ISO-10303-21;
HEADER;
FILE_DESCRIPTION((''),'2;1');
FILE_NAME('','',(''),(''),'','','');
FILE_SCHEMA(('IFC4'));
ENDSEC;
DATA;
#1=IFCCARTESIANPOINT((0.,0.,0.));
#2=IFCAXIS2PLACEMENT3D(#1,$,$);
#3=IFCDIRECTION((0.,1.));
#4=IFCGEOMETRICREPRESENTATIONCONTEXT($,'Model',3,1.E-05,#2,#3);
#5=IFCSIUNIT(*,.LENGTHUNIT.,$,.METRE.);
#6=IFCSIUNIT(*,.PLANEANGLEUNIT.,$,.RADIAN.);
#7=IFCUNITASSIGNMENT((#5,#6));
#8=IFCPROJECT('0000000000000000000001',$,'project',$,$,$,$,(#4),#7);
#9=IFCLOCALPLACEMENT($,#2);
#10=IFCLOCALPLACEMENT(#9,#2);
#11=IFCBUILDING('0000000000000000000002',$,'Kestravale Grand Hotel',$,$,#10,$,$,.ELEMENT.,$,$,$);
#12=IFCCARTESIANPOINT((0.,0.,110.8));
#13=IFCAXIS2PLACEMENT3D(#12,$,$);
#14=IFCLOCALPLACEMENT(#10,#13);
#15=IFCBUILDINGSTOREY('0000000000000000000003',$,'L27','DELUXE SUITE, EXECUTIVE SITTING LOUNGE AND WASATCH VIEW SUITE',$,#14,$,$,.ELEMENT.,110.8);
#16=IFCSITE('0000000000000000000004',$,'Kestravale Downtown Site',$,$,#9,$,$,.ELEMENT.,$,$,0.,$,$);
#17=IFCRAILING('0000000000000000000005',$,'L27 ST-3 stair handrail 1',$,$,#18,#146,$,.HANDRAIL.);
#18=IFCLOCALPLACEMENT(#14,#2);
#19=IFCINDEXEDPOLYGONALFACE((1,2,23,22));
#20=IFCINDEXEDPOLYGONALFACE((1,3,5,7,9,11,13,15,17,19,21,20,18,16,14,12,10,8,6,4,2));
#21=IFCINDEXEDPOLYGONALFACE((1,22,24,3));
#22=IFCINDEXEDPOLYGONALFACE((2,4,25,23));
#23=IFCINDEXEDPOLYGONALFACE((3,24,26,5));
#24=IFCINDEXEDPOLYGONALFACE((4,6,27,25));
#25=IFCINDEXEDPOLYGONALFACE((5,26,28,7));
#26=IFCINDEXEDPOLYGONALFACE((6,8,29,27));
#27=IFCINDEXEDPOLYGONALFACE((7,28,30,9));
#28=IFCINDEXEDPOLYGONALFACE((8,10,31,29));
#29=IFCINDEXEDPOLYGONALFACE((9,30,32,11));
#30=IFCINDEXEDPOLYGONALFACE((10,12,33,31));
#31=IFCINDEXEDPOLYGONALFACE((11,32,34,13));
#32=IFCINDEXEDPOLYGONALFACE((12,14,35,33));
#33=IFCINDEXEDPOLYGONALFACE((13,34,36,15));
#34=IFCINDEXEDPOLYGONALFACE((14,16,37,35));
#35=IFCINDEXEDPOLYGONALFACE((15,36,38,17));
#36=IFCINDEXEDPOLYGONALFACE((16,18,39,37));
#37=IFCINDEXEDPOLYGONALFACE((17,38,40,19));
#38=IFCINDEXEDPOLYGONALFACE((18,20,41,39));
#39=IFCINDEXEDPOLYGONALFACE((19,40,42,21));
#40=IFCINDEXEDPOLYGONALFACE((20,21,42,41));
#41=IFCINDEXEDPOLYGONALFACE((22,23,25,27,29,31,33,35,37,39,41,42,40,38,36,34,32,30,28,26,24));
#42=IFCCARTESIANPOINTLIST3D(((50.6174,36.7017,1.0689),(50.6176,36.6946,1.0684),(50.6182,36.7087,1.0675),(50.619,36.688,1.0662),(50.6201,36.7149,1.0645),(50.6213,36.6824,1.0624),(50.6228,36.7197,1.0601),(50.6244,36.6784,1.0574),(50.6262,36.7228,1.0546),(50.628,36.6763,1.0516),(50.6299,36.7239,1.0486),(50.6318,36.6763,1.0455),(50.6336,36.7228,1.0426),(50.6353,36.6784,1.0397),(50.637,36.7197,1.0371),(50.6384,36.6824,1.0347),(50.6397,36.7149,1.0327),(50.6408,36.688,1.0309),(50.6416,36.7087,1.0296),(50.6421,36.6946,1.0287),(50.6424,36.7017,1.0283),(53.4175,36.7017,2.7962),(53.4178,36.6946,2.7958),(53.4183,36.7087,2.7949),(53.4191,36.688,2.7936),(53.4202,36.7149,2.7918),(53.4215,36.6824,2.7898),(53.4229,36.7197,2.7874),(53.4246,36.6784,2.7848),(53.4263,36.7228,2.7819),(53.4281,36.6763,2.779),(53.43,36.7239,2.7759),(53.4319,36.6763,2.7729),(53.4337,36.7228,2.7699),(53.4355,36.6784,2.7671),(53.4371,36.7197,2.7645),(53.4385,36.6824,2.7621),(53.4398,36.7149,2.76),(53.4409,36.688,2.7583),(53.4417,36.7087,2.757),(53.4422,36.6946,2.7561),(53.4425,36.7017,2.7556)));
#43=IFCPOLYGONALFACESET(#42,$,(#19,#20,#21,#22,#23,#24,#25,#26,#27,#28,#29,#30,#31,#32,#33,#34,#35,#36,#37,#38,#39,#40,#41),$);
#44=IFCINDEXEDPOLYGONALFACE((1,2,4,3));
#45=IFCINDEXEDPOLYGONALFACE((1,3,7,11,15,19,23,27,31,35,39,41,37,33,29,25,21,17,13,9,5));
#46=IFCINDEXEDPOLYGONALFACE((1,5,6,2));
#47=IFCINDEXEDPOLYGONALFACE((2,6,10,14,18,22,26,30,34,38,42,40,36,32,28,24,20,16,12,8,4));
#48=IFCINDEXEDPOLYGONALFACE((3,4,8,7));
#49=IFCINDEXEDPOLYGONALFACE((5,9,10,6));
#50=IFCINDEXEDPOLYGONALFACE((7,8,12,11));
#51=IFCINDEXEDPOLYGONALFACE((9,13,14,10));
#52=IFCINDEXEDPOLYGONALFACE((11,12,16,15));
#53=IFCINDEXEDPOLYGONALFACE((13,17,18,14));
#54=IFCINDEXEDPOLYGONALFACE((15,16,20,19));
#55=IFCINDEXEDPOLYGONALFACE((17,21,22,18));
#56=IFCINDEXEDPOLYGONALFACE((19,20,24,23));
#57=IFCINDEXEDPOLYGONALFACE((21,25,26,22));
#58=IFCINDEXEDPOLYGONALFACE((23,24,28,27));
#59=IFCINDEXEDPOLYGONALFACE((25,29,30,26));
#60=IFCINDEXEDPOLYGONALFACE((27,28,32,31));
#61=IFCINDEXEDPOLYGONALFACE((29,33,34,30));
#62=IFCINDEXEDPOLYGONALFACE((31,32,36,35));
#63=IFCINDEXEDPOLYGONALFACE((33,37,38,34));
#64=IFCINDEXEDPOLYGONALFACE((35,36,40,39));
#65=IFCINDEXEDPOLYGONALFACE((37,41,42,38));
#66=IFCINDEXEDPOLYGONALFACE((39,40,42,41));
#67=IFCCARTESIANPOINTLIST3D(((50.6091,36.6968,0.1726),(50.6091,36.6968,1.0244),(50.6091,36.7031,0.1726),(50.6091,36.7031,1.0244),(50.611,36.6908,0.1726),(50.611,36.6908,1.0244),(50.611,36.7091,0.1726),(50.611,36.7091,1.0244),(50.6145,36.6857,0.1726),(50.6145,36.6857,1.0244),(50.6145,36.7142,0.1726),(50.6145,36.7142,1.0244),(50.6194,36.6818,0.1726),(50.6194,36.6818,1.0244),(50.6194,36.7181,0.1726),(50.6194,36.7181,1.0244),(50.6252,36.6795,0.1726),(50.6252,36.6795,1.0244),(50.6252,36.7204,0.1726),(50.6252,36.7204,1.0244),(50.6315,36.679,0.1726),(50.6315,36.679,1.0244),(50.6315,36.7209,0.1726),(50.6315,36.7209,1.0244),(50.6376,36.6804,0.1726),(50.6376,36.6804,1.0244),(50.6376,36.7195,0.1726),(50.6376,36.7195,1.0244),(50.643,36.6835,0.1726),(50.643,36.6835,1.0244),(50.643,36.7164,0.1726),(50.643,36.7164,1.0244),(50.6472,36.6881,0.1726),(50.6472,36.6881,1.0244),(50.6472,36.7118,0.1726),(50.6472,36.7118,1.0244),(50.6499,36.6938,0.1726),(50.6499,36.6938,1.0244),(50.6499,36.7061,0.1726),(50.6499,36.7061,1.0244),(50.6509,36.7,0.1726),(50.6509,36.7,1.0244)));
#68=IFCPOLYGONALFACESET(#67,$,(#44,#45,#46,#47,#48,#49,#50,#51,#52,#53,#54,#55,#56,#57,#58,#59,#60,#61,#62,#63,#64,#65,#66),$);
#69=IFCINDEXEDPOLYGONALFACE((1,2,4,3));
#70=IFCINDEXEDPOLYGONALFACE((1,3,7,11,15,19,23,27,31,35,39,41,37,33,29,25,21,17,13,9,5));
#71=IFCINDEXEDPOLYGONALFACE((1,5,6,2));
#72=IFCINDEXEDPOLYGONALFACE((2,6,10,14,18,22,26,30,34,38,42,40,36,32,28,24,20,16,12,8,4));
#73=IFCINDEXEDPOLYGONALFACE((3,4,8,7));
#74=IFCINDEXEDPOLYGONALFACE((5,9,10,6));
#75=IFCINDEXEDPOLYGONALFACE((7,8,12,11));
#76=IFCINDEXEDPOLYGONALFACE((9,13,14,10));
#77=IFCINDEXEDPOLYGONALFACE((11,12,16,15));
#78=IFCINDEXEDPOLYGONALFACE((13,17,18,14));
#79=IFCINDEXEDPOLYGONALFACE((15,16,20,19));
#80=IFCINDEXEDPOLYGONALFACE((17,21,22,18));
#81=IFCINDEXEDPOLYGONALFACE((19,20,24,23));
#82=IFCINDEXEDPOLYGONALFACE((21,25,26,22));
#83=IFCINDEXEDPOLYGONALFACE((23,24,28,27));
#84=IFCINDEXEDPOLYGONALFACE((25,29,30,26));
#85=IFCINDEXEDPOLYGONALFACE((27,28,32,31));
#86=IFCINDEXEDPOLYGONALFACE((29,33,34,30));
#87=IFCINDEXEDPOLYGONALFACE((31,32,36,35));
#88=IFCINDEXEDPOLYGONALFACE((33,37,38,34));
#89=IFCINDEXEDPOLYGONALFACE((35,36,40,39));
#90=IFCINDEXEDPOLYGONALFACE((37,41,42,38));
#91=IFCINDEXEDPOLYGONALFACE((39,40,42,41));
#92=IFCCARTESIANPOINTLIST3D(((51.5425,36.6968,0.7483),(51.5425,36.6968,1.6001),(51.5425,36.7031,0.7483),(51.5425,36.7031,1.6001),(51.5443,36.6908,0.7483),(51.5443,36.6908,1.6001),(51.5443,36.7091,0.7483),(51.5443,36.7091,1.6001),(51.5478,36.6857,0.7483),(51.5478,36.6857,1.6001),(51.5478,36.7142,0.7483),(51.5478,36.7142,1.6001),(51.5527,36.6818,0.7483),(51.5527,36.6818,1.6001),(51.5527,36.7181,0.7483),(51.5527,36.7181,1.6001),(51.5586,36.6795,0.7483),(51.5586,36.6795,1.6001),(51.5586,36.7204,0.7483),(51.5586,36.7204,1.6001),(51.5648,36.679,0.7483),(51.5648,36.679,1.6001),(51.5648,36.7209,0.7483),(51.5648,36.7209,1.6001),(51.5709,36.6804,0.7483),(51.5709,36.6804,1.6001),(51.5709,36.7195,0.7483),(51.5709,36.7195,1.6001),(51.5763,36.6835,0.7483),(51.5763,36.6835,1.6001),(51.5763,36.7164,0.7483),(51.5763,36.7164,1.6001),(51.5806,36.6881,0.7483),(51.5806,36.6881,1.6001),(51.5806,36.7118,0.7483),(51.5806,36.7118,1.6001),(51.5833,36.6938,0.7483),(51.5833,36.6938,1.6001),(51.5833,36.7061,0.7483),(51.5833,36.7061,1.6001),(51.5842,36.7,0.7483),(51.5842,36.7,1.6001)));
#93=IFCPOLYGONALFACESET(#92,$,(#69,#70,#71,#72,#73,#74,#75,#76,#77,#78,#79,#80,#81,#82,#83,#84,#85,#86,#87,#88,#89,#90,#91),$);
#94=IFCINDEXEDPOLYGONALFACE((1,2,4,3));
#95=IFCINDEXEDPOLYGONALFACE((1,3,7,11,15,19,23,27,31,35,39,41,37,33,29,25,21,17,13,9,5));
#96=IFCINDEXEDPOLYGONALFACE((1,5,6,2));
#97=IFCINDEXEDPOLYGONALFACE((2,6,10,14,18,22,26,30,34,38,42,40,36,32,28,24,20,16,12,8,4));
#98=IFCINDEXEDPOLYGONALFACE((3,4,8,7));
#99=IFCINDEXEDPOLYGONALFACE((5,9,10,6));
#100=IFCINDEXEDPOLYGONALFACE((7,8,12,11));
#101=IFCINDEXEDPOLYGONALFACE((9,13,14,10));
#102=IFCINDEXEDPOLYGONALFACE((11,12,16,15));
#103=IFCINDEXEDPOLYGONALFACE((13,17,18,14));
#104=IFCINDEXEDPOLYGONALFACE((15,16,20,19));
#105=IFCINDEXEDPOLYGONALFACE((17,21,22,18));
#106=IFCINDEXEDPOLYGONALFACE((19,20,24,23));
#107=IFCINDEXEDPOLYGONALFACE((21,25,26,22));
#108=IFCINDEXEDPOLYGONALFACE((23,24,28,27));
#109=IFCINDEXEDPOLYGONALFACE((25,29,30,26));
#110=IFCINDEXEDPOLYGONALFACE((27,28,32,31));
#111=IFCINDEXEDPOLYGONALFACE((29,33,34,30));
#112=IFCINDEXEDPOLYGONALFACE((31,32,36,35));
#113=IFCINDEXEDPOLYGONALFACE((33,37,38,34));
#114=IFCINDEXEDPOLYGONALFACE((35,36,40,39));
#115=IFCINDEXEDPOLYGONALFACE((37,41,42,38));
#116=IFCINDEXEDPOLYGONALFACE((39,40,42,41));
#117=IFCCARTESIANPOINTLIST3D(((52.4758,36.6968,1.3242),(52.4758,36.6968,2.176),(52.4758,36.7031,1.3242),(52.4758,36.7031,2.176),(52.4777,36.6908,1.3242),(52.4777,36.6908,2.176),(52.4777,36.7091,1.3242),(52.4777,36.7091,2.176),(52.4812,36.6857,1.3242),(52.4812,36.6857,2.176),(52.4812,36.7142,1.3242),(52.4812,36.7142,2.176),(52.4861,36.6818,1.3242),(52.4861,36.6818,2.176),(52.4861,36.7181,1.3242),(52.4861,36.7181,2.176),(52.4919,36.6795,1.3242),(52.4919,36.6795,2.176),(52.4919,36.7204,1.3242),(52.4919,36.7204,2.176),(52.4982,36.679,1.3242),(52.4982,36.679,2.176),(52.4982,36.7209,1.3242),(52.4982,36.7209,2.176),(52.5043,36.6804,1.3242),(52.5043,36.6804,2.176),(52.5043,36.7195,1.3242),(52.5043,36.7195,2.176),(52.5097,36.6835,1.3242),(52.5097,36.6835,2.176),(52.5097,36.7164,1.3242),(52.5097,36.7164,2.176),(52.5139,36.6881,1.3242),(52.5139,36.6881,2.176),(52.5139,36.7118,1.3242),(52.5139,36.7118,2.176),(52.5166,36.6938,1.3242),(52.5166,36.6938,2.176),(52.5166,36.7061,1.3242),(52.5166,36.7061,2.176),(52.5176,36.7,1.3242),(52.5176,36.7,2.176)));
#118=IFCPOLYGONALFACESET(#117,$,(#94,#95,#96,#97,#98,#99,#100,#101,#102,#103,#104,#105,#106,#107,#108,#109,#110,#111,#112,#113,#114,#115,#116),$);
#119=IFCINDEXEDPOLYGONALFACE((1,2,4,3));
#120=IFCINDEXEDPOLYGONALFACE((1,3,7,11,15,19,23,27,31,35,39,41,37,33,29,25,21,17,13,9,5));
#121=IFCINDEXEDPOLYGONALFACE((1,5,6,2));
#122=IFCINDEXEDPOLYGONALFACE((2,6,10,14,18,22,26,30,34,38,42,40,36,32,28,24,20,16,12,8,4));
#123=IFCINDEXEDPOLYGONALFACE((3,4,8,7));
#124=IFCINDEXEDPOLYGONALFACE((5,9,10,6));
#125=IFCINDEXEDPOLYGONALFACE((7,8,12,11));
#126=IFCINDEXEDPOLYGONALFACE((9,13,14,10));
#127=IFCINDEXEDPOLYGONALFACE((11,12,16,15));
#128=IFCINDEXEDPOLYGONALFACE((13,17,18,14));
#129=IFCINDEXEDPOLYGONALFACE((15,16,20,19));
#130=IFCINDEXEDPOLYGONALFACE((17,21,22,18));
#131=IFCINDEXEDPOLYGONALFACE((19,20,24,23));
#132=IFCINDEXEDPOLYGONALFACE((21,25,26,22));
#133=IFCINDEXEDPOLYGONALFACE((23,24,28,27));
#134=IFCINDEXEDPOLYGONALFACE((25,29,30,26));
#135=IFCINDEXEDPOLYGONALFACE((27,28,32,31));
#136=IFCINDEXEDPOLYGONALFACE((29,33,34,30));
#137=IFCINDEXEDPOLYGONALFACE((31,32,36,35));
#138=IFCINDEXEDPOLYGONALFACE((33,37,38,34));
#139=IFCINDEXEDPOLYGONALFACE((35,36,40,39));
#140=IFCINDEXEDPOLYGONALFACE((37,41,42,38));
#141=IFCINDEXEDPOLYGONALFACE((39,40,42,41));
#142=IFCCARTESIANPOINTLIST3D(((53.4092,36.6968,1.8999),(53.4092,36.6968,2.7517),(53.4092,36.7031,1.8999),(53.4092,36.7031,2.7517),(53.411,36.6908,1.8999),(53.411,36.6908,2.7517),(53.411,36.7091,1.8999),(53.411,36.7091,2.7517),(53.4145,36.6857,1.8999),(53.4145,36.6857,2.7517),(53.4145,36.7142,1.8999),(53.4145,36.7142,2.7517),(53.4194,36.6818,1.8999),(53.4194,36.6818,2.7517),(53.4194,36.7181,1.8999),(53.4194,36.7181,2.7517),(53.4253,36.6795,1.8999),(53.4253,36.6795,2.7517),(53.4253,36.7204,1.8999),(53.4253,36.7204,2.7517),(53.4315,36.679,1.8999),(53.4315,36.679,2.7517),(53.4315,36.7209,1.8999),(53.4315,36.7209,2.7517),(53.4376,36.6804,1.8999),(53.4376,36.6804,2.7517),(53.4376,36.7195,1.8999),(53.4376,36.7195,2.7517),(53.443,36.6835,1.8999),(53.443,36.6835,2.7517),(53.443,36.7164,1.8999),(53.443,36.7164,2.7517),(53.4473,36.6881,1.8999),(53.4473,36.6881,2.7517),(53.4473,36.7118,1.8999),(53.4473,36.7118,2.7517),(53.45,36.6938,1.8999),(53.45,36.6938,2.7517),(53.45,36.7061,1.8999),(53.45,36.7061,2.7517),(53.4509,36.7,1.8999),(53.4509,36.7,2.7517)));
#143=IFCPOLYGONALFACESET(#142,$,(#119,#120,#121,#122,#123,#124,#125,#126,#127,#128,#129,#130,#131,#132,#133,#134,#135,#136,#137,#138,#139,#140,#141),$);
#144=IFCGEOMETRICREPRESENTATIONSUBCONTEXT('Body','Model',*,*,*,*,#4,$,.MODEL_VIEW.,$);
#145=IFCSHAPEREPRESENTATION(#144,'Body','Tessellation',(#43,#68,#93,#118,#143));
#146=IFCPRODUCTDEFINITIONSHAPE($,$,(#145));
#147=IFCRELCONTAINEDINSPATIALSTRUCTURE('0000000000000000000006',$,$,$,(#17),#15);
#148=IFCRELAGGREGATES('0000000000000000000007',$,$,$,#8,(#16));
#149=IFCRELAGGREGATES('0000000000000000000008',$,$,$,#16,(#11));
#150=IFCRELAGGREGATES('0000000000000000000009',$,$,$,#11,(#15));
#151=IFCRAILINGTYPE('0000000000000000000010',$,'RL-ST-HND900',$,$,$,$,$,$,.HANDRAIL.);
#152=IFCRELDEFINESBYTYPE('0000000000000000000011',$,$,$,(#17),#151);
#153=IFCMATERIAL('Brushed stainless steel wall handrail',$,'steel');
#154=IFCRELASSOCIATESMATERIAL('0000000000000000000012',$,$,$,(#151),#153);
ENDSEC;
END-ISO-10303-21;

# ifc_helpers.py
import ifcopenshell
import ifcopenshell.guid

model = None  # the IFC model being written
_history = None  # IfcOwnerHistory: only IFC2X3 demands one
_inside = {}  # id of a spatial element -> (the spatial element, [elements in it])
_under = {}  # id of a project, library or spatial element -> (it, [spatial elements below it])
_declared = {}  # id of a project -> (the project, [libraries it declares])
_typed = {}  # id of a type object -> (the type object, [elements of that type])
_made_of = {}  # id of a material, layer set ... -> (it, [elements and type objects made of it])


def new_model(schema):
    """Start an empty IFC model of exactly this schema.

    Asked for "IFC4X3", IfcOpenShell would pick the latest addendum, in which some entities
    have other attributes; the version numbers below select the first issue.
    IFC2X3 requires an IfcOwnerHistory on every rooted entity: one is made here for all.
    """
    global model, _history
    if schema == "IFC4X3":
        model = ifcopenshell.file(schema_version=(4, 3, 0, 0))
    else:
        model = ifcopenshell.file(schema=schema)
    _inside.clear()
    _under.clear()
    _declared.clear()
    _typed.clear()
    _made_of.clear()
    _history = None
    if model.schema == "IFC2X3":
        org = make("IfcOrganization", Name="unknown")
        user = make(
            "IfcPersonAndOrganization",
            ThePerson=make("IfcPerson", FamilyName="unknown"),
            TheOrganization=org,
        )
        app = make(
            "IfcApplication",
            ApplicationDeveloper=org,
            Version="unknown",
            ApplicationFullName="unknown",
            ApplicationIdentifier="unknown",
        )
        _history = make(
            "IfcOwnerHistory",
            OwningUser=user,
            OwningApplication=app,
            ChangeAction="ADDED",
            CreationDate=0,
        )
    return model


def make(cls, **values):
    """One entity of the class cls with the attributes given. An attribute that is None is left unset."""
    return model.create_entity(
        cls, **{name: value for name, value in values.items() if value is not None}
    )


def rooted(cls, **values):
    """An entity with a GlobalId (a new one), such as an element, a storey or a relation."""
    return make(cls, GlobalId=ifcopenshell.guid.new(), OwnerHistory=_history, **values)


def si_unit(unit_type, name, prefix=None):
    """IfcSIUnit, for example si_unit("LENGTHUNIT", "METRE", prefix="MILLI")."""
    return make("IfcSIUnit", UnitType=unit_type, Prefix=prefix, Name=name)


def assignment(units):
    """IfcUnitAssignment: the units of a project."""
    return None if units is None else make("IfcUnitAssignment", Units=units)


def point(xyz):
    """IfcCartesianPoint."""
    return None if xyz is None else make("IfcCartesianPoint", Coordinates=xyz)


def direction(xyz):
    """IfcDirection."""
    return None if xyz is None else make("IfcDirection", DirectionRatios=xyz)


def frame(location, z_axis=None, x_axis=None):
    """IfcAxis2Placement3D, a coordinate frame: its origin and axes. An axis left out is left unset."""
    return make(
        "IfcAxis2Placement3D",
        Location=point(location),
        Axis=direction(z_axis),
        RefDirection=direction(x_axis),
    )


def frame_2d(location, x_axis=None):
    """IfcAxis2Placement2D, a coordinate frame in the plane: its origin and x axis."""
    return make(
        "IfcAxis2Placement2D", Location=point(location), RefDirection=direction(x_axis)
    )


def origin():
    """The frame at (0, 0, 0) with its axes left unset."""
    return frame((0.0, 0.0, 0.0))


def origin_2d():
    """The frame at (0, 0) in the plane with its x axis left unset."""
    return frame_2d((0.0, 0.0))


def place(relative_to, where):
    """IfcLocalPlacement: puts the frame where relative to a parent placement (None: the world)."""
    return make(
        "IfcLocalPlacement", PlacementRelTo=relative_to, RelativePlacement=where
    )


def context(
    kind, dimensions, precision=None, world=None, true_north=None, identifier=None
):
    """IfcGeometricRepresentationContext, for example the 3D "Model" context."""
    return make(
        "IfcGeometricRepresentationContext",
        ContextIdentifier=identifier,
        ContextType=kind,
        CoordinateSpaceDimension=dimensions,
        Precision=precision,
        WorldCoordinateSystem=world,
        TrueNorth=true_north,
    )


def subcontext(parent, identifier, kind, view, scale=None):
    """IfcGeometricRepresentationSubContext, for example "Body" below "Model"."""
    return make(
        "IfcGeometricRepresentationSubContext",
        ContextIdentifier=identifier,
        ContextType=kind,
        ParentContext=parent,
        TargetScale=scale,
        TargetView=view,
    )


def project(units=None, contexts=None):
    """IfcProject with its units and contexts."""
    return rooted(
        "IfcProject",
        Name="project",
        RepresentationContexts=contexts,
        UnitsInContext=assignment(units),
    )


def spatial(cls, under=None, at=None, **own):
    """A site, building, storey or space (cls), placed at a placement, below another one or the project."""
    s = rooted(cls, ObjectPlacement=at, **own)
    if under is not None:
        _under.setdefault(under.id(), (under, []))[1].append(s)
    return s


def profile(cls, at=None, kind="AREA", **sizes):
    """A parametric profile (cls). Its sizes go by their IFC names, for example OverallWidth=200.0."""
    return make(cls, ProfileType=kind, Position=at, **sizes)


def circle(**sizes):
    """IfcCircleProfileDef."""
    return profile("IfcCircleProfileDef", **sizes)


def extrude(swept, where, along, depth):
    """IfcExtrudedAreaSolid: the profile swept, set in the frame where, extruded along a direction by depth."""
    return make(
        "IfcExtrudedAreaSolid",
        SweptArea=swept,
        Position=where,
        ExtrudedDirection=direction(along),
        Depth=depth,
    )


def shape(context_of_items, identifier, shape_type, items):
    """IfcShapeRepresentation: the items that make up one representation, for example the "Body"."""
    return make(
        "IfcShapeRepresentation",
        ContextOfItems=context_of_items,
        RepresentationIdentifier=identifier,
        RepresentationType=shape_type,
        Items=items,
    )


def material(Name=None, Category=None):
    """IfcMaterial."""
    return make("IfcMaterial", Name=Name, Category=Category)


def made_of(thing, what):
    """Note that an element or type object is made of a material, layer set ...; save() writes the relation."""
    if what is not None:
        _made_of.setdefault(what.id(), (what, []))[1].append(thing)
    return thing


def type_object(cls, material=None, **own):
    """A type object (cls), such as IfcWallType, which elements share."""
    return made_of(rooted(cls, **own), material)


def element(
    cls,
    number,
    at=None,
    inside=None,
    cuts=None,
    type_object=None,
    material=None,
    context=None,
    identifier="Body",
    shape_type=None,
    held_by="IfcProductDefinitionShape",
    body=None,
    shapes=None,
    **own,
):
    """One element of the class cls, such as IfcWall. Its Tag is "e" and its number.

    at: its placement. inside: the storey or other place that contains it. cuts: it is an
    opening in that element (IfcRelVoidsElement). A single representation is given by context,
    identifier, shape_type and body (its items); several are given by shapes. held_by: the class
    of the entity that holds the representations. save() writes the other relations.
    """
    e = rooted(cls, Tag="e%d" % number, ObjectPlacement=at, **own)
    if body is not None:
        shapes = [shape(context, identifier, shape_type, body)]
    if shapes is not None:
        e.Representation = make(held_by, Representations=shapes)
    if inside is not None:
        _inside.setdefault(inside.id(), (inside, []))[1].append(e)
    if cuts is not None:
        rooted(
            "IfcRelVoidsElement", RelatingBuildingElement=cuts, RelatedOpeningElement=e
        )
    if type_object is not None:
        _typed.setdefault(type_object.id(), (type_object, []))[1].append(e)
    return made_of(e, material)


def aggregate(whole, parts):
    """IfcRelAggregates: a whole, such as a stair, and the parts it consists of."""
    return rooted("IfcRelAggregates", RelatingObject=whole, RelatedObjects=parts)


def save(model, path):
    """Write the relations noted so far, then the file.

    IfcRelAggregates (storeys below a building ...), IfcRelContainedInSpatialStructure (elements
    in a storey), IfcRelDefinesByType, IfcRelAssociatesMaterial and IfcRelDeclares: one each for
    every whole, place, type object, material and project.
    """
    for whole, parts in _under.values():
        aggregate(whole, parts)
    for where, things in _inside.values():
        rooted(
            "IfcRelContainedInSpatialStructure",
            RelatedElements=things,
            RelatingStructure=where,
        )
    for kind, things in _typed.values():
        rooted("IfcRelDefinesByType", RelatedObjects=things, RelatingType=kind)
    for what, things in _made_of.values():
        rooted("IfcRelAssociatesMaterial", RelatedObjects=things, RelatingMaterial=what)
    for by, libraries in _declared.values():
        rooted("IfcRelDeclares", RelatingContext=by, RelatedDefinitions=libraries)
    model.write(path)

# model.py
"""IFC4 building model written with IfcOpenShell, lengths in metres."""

from ifc_helpers import new_model, si_unit, direction, frame, origin, origin_2d, place, context, subcontext, project, spatial, circle, extrude, material, type_object, element, save


model = new_model("IFC4")

# Units and contexts
model_context = context("Model", 3, precision=1e-05, world=origin(), true_north=direction((0.0, 1.0)))
body_context = subcontext(model_context, "Body", "Model", "MODEL_VIEW")
ifc_project = project(units=[si_unit("LENGTHUNIT", "METRE"), si_unit("PLANEANGLEUNIT", "RADIAN")], contexts=[model_context])

# Site, building, storey
site_placement = place(None, origin())
site = spatial("IfcSite", under=ifc_project, at=site_placement, Name="Kestravale Downtown Site", CompositionType="ELEMENT", RefElevation=0.0)
building_placement = place(site_placement, origin())
building = spatial("IfcBuilding", under=site, at=building_placement, Name="Kestravale Grand Hotel", CompositionType="ELEMENT")
storey_placement = place(building_placement, frame((0.0, 0.0, 110.8)))
storey = spatial("IfcBuildingStorey", under=building, at=storey_placement, Name="L27", Description="DELUXE SUITE, EXECUTIVE SITTING LOUNGE AND WASATCH VIEW SUITE", CompositionType="ELEMENT", Elevation=110.8)

# Railing
ifc_material_1 = material(Name="Brushed stainless steel wall handrail", Category="steel")
railing_type_1 = type_object("IfcRailingType", Name="RL-ST-HND900", PredefinedType="HANDRAIL", material=ifc_material_1)
railing_1_placement = place(storey_placement, frame((50.6299, 36.7, 0.1726)))
element("IfcRailing", 1, at=railing_1_placement, inside=storey, type_object=railing_type_1, Name="L27 ST-3 stair handrail 1", PredefinedType="HANDRAIL", context=body_context, shape_type="SweptSolid", body=[
    extrude(circle(Radius=0.0239, at=origin_2d()), frame((0.0, 0.0, 0.876), z_axis=(0.85109, 0.0, 0.52502), x_axis=(0.0, 1.0, 0.0)), (0.0, 0.0, 1.0), 3.29),
    extrude(circle(Radius=0.021, at=origin_2d()), origin(), (0.0, 0.0, 1.0), 0.8518),
    extrude(circle(Radius=0.021, at=origin_2d()), frame((0.9333, 0.0, 0.5757)), (0.0, 0.0, 1.0), 0.8518),
    extrude(circle(Radius=0.021, at=origin_2d()), frame((1.8667, 0.0, 1.1516)), (0.0, 0.0, 1.0), 0.8518),
    extrude(circle(Radius=0.021, at=origin_2d()), frame((2.8, 0.0, 1.7273)), (0.0, 0.0, 1.0), 0.8518),
])

save(model, "model.ifc")
